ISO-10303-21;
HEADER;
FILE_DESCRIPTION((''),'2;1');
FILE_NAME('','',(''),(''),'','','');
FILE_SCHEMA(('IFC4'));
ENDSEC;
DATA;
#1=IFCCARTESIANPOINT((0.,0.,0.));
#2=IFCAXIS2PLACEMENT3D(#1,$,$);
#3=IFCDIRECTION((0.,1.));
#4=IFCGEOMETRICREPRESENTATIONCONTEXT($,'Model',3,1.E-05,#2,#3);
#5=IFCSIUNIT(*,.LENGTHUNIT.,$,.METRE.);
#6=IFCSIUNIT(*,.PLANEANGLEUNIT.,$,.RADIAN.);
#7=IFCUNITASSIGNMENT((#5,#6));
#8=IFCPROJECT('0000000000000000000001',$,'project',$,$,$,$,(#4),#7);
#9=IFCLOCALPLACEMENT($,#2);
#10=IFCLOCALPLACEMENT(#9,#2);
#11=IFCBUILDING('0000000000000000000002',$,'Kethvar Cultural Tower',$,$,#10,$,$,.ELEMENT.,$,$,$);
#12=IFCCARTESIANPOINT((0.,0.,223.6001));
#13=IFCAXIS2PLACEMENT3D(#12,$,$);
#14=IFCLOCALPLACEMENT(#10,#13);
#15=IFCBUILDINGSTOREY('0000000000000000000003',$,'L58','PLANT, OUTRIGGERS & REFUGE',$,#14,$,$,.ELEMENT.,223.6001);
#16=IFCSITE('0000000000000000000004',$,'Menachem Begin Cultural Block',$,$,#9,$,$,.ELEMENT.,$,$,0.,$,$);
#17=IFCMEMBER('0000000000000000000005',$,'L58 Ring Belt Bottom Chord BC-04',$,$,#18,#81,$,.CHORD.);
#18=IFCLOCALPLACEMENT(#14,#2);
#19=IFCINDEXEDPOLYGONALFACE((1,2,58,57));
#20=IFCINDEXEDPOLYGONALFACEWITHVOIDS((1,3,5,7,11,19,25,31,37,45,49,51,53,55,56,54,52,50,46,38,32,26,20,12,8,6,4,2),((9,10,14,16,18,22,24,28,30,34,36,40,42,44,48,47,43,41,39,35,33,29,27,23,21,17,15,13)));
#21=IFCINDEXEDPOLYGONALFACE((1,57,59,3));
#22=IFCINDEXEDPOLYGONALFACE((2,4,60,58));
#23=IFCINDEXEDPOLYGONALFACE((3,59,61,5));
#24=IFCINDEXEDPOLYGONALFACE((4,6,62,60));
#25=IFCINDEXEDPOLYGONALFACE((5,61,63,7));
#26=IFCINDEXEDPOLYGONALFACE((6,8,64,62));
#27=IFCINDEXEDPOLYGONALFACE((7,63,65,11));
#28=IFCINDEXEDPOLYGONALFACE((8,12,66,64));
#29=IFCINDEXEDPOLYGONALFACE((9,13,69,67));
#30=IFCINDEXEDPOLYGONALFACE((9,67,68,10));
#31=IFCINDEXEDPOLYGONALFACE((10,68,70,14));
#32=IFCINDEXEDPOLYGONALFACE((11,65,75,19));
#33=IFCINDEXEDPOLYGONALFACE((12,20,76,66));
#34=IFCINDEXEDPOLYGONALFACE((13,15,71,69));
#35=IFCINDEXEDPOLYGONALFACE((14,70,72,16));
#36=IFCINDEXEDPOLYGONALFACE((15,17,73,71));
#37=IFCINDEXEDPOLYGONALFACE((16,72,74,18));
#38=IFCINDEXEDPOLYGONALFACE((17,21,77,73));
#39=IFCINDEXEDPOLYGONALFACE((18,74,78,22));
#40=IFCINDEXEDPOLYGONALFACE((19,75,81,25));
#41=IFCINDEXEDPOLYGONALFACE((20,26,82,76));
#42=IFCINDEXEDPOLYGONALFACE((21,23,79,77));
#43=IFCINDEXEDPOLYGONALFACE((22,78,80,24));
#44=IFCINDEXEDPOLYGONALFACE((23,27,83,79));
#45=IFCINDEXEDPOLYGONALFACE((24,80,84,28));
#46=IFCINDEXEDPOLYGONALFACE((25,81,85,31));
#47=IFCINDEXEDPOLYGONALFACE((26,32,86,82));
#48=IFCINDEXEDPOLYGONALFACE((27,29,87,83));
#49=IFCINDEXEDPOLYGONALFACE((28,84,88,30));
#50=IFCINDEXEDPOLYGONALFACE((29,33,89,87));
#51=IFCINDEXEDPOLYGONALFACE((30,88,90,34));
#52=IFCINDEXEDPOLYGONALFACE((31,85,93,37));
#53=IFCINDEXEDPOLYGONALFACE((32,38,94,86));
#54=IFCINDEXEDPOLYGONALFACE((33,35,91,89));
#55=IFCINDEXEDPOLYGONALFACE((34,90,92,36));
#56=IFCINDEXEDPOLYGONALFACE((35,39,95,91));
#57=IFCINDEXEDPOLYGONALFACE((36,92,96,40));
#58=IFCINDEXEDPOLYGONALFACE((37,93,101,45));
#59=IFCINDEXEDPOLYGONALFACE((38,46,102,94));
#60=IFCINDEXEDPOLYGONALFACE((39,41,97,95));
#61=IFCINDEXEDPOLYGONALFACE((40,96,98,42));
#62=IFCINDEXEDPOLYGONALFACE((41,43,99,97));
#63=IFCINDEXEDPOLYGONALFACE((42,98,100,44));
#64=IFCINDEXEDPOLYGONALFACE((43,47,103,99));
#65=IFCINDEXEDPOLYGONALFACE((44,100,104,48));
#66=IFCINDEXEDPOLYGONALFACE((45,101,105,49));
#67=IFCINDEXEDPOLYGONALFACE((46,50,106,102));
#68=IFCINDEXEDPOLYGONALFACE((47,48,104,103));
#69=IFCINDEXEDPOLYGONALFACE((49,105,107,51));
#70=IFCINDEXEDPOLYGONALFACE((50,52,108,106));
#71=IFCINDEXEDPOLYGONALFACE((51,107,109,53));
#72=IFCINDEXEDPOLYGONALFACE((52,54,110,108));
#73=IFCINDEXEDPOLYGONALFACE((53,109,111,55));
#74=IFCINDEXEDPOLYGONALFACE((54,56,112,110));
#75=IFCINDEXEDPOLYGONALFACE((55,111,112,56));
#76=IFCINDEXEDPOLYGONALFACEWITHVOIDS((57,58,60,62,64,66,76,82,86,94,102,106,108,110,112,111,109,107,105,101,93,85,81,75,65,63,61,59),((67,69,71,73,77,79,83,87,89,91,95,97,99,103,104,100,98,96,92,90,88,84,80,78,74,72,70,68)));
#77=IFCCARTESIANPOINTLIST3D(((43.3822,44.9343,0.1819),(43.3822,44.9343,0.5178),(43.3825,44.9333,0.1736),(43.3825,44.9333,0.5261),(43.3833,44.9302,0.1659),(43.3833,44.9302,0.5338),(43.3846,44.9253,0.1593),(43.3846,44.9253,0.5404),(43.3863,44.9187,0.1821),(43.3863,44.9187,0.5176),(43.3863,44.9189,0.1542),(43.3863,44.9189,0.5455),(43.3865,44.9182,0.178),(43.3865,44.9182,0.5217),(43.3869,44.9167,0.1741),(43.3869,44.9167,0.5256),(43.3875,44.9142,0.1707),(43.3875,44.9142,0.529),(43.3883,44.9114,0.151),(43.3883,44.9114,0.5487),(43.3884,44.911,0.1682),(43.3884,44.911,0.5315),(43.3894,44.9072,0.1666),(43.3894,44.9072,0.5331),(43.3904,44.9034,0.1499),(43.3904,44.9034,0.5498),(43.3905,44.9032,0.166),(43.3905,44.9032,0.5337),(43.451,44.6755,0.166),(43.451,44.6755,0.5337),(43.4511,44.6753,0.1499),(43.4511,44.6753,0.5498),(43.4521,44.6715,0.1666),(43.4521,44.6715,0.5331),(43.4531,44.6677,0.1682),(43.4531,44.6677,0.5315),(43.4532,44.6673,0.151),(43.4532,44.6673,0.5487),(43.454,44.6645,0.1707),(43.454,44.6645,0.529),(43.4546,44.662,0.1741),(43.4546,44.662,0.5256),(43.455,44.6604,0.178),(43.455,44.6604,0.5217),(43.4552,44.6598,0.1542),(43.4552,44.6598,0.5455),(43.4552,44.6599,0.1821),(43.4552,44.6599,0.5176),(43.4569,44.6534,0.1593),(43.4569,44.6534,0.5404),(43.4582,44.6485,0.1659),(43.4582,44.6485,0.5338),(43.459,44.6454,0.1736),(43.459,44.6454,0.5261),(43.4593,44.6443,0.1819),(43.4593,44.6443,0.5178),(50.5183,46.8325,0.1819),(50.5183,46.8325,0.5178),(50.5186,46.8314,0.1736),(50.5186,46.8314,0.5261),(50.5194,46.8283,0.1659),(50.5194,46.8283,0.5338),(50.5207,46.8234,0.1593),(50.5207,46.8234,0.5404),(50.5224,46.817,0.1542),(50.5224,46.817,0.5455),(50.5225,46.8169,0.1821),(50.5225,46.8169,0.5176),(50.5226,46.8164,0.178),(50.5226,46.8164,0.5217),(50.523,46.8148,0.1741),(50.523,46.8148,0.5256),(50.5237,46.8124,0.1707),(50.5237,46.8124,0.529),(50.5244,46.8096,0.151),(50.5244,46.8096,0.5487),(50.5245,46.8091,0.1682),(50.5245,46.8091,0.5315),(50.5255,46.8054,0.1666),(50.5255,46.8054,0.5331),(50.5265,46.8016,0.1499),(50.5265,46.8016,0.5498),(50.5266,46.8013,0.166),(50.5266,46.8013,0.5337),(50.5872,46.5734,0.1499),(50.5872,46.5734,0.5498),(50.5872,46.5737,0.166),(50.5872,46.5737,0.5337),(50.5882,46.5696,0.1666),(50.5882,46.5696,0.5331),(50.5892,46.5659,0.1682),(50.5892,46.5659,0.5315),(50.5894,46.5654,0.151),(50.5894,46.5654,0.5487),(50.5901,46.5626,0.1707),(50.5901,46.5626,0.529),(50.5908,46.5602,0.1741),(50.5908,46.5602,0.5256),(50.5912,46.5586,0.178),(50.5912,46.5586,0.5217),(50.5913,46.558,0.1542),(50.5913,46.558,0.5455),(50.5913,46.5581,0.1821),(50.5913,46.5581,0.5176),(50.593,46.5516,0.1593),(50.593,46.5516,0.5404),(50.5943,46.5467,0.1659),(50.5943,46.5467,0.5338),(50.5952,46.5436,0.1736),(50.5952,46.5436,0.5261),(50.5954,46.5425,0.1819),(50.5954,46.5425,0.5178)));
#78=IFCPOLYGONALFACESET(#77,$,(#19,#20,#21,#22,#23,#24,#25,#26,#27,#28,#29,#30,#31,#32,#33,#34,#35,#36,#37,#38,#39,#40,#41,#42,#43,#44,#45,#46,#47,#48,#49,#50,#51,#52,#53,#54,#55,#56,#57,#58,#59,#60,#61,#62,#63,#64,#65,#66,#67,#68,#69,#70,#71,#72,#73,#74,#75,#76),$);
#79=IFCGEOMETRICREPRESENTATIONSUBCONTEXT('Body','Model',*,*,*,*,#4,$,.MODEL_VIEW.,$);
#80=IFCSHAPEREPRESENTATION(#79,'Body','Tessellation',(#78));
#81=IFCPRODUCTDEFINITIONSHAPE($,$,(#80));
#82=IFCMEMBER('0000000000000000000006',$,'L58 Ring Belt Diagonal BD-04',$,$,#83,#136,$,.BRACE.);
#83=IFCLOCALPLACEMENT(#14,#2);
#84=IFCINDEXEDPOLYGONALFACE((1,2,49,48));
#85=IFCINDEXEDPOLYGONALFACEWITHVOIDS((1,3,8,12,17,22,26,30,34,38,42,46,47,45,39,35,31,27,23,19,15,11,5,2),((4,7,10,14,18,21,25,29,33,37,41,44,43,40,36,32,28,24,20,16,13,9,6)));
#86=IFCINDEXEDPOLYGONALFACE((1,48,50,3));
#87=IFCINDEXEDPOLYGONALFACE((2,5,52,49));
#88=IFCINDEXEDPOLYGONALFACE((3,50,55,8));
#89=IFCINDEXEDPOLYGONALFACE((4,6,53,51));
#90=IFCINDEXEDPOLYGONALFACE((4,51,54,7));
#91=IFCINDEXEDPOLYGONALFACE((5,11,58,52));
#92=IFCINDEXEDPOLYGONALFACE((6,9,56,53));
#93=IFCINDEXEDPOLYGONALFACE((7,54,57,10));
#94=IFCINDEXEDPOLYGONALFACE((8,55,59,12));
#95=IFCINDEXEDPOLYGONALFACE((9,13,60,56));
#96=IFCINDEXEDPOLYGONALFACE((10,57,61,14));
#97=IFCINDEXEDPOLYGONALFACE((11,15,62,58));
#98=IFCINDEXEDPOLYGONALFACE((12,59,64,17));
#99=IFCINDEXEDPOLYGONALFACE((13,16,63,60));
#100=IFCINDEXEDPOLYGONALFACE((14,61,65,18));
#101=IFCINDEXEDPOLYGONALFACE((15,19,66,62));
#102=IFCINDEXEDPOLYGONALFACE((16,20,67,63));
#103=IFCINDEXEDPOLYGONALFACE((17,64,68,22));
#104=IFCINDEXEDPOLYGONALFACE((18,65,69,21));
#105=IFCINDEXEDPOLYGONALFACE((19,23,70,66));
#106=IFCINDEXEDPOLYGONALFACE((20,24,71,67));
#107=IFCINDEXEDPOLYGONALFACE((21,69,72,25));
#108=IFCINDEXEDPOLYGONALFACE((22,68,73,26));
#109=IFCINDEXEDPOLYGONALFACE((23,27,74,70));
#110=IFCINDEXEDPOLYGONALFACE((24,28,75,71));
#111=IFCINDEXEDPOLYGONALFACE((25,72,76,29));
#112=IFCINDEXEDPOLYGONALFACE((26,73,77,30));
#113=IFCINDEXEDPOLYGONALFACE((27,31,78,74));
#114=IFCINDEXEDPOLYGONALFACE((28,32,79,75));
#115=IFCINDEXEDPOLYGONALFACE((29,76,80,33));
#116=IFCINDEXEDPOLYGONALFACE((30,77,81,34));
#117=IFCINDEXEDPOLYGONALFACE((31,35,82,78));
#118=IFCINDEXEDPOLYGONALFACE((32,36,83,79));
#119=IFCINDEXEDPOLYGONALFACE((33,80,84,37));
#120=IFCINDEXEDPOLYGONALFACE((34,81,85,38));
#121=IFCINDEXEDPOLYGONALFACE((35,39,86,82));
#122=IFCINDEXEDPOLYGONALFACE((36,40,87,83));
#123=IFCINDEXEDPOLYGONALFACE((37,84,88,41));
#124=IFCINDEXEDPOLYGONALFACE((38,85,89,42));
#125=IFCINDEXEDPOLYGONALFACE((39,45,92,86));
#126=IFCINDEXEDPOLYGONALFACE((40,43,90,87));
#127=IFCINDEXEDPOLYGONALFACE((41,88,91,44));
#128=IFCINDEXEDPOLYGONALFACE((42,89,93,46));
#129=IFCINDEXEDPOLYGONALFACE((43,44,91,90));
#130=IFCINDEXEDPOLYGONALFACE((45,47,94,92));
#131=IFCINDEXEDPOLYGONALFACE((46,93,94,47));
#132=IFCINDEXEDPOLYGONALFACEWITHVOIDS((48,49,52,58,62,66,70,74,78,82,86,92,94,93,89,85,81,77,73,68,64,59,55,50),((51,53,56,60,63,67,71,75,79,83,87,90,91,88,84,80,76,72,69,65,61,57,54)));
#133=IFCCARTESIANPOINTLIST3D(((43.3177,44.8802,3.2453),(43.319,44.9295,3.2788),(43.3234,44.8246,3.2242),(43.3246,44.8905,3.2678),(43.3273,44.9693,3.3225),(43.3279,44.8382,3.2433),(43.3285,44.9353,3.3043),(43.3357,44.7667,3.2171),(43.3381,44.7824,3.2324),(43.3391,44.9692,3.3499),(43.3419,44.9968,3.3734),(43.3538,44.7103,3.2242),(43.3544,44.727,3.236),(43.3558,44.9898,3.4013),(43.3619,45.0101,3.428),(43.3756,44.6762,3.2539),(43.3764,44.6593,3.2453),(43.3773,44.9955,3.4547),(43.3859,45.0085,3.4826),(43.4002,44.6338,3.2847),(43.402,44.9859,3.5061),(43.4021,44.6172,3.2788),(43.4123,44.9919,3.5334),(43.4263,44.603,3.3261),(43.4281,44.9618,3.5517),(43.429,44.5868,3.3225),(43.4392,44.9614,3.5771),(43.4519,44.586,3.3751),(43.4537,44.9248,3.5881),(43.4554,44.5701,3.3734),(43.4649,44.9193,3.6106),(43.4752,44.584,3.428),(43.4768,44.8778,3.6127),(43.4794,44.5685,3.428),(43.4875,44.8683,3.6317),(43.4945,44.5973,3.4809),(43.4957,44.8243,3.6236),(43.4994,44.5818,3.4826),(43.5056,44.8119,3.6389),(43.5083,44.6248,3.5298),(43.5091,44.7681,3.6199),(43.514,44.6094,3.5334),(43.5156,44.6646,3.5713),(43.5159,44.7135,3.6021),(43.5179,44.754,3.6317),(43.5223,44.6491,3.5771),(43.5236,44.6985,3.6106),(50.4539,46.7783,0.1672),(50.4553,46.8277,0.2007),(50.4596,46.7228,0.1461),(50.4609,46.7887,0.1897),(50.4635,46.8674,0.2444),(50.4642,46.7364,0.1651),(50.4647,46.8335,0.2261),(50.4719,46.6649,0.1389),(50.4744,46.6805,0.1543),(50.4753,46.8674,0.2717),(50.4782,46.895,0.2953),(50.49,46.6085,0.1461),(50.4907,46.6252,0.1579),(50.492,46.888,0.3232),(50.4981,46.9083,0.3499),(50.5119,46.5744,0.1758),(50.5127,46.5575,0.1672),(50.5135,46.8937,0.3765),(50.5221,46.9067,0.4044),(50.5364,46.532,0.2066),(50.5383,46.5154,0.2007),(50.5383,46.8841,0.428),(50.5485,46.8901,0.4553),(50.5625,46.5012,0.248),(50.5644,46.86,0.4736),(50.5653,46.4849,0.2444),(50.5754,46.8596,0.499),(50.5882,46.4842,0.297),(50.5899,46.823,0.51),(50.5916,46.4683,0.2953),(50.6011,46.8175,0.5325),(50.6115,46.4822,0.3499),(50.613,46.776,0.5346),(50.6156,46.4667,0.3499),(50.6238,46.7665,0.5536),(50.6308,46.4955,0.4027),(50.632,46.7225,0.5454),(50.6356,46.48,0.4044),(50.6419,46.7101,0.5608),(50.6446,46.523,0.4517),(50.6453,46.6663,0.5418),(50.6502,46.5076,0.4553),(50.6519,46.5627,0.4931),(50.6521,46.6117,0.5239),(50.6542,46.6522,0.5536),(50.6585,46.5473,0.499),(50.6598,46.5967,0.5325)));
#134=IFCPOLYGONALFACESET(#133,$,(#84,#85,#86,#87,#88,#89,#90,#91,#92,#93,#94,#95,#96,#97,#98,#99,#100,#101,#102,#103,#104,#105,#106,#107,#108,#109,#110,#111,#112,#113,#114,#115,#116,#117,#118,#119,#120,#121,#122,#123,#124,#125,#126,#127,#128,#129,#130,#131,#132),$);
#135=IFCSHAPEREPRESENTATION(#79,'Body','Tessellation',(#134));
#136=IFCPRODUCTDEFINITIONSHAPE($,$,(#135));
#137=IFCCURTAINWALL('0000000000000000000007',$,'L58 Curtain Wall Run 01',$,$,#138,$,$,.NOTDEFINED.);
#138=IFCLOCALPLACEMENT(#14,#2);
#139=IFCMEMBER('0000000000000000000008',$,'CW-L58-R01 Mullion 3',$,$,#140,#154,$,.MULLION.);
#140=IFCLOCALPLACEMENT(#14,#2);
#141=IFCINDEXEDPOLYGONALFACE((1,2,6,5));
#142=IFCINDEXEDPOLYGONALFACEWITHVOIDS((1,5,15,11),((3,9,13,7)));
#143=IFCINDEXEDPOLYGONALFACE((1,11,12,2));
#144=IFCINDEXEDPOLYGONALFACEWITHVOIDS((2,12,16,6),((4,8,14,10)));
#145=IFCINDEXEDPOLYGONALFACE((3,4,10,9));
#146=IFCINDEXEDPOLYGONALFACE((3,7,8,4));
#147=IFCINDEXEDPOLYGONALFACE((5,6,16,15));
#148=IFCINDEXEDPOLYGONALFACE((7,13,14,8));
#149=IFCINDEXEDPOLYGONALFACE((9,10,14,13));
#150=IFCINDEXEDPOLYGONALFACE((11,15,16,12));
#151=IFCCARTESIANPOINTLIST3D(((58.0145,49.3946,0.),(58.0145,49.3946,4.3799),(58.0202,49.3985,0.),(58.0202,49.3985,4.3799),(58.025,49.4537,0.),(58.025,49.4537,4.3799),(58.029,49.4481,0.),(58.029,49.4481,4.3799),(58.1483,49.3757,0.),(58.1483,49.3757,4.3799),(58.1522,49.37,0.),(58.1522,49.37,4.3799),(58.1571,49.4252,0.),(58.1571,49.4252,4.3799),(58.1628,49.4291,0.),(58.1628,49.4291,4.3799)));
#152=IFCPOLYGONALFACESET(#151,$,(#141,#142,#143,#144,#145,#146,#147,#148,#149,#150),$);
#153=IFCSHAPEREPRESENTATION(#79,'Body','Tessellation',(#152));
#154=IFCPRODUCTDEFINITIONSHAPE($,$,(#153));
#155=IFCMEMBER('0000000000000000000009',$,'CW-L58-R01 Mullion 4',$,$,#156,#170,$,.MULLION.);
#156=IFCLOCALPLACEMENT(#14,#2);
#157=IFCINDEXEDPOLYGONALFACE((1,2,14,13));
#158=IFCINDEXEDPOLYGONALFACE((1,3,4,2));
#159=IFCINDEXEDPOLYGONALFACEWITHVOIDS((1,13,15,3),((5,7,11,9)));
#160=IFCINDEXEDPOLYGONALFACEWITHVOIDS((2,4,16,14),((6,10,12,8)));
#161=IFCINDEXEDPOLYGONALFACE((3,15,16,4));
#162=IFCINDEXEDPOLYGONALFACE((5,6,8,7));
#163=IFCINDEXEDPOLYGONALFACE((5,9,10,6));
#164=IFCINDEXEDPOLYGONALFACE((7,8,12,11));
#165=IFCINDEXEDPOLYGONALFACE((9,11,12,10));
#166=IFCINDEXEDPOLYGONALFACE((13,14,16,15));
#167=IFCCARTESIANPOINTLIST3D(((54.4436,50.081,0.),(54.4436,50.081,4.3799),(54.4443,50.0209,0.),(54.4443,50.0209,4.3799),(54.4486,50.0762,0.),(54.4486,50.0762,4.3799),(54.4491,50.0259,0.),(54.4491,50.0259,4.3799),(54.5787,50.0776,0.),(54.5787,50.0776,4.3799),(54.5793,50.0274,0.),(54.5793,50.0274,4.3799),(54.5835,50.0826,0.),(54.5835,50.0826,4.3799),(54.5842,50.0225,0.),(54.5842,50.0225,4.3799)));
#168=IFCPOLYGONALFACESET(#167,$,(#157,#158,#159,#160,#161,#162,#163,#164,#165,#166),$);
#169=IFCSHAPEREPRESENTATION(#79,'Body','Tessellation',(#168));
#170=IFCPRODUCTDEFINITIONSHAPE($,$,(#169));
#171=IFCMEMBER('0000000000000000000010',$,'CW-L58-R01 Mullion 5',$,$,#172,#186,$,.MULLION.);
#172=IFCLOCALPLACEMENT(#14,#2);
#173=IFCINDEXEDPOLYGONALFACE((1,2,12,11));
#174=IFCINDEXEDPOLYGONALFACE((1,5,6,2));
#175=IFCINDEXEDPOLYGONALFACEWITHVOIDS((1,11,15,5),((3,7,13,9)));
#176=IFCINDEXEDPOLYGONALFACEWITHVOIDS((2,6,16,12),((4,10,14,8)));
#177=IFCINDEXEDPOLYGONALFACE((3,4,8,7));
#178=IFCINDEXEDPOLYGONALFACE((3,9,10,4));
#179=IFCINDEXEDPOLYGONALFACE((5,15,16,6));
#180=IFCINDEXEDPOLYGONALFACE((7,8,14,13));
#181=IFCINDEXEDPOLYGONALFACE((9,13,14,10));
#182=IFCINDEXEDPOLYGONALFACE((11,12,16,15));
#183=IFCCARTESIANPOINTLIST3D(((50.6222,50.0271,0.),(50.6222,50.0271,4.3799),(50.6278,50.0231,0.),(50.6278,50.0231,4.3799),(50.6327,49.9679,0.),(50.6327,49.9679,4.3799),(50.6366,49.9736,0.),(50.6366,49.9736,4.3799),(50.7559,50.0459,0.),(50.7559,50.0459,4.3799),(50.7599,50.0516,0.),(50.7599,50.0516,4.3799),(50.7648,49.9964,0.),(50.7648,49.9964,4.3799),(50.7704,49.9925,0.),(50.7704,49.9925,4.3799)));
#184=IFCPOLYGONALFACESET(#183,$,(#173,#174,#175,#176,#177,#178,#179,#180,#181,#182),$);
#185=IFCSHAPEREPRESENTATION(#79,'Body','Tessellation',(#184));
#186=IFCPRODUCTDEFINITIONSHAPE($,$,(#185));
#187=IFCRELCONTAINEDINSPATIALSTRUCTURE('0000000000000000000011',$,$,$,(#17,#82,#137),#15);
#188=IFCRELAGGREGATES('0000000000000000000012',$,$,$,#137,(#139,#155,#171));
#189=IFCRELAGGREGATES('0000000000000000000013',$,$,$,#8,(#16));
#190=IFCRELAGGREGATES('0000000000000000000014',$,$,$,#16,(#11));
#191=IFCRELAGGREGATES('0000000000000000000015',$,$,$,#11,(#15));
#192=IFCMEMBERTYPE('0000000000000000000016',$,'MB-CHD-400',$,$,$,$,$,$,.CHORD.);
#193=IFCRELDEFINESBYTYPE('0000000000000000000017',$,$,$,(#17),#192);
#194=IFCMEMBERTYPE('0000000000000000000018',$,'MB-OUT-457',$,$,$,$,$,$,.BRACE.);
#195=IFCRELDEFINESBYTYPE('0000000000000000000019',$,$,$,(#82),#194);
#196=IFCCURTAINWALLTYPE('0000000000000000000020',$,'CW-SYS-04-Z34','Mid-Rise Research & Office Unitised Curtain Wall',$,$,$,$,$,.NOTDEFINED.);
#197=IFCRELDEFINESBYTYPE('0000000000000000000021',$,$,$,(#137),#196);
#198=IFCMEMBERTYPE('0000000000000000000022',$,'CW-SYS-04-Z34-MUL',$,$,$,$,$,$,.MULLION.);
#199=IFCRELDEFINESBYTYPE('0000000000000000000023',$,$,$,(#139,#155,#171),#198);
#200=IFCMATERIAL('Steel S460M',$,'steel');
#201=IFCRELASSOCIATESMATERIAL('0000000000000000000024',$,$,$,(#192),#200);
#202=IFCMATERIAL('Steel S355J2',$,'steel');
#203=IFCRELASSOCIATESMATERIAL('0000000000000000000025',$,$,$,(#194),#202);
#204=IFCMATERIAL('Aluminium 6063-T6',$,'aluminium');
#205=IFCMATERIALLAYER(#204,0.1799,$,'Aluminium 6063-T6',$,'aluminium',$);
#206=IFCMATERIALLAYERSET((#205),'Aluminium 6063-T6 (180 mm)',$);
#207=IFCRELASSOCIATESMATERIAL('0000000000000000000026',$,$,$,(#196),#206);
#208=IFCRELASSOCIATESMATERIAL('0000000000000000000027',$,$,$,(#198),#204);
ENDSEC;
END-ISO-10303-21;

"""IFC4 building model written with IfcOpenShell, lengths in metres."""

from ifc_helpers import new_model, si_unit, direction, frame, origin, origin_2d, place, context, subcontext, project, spatial, hollow_rectangle, hollow_circle, extrude, source, transform, mapped, material, layer, layer_set, material_profile, profile_set, type_object, element, aggregate, save


model = new_model("IFC4")

# Units and contexts
model_context = context("Model", 3, precision=1e-05, world=origin(), true_north=direction((0.0, 1.0)))
body_context = subcontext(model_context, "Body", "Model", "MODEL_VIEW")
ifc_project = project(units=[si_unit("LENGTHUNIT", "METRE"), si_unit("PLANEANGLEUNIT", "RADIAN")], contexts=[model_context])

# Site, building, storey
site_placement = place(None, origin())
site = spatial("IfcSite", under=ifc_project, at=site_placement, Name="Menachem Begin Cultural Block", CompositionType="ELEMENT", RefElevation=0.0)
building_placement = place(site_placement, origin())
building = spatial("IfcBuilding", under=site, at=building_placement, Name="Kethvar Cultural Tower", CompositionType="ELEMENT")
storey_placement = place(building_placement, frame((0.0, 0.0, 223.6001)))
storey = spatial("IfcBuildingStorey", under=building, at=storey_placement, Name="L58", Description="PLANT, OUTRIGGERS & REFUGE", CompositionType="ELEMENT", Elevation=223.6001)

# Shared definitions
ifc_material_1 = material(Name="Steel S460M", Category="steel")

# Shared definitions
ifc_material_profile_1 = material_profile(ifc_material_1, hollow_rectangle(XDim=0.3, YDim=0.3999, WallThickness=0.0161, InnerFilletRadius=0.0161, OuterFilletRadius=0.032, at=origin_2d()), Name="Steel S460M — RHS400x300x16")
ifc_profile_set_1 = profile_set([ifc_material_profile_1], Name="Steel S460M — RHS400x300x16")
member_type_1 = type_object("IfcMemberType", Name="MB-CHD-400", PredefinedType="CHORD", material=ifc_profile_set_1)
ifc_material_2 = material(Name="Steel S355J2", Category="steel")
ifc_material_profile_2 = material_profile(ifc_material_2, hollow_circle(Radius=0.2285, WallThickness=0.0161, at=origin_2d()), Name="Steel S355J2 — CHS457x16")
ifc_profile_set_2 = profile_set([ifc_material_profile_2], Name="Steel S355J2 — CHS457x16")
member_type_2 = type_object("IfcMemberType", Name="MB-OUT-457", PredefinedType="BRACE", material=ifc_profile_set_2)

# Members
shared_shape_1 = source(origin(), body_context, "Body", "SweptSolid", [
    extrude(hollow_rectangle(XDim=0.3, YDim=0.3999, WallThickness=0.0161, InnerFilletRadius=0.0161, OuterFilletRadius=0.032, at=origin_2d()), origin(), (0.0, 0.0, 1.0), 7.3843),
])
member_1_placement = place(storey_placement, frame((50.5569, 46.6875, 0.3499), z_axis=(-0.966397, -0.257056, 0.0), x_axis=(0.257056, -0.966397, 0.0)))
element("IfcMember", 1, at=member_1_placement, inside=storey, type_object=member_type_1, Name="L58 Ring Belt Bottom Chord BC-04", PredefinedType="CHORD", context=body_context, shape_type="MappedRepresentation", body=[
    mapped(shared_shape_1, transform((0.0, 0.0, 0.0), scale=1.0)),
])
shared_shape_2 = source(origin(), body_context, "Body", "SweptSolid", [
    extrude(hollow_circle(Radius=0.2285, WallThickness=0.0161, at=origin_2d()), origin(), (0.0, 0.0, 1.0), 8.0002),
])
member_2_placement = place(storey_placement, frame((50.5569, 46.6875, 0.3499), z_axis=(-0.892002, -0.237267, 0.384754), x_axis=(0.257056, -0.966397, 0.0)))
element("IfcMember", 2, at=member_2_placement, inside=storey, type_object=member_type_2, Name="L58 Ring Belt Diagonal BD-04", PredefinedType="BRACE", context=body_context, shape_type="MappedRepresentation", body=[
    mapped(shared_shape_2, transform((0.0, 0.0, 0.0), scale=1.0)),
])

# Curtain wall, members
ifc_material_3 = material(Name="Aluminium 6063-T6", Category="aluminium")
ifc_layer_1 = layer(ifc_material_3, 0.1799, Name="Aluminium 6063-T6", Category="aluminium")
ifc_layer_set_1 = layer_set([ifc_layer_1], Name="Aluminium 6063-T6 (180 mm)")
curtain_wall_type = type_object("IfcCurtainWallType", Name="CW-SYS-04-Z34", Description="Mid-Rise Research & Office Unitised Curtain Wall", PredefinedType="NOTDEFINED", material=ifc_layer_set_1)
curtain_wall_placement = place(storey_placement, origin())
curtain_wall = element("IfcCurtainWall", 3, at=curtain_wall_placement, inside=storey, type_object=curtain_wall_type, Name="L58 Curtain Wall Run 01", PredefinedType="NOTDEFINED")
ifc_material_profile_3 = material_profile(ifc_material_3, hollow_rectangle(XDim=0.0601, YDim=0.1399, WallThickness=0.0049, at=origin_2d()), Name="Aluminium 6063-T6 — RHS140x60x5")
ifc_profile_set_3 = profile_set([ifc_material_profile_3], Name="Aluminium 6063-T6 — RHS140x60x5")
member_type_3 = type_object("IfcMemberType", Name="CW-SYS-04-Z34-MUL", PredefinedType="MULLION", material=ifc_profile_set_3)
shared_shape_3 = source(origin(), body_context, "Body", "SweptSolid", [
    extrude(hollow_rectangle(XDim=0.0601, YDim=0.1399, WallThickness=0.0049, at=origin_2d()), origin(), (0.0, 0.0, 1.0), 4.3799),
])
member_3_placement = place(storey_placement, frame((58.0886, 49.4119, 0.0), z_axis=(0.0, 0.0, 1.0), x_axis=(-0.175676, -0.984448, 0.0)))
member_3 = element("IfcMember", 4, at=member_3_placement, type_object=member_type_3, Name="CW-L58-R01 Mullion 3", PredefinedType="MULLION", context=body_context, shape_type="MappedRepresentation", body=[
    mapped(shared_shape_3, transform((0.0, 0.0, 0.0), scale=1.0)),
])
member_4_placement = place(storey_placement, frame((54.5139, 50.0518, 0.0), z_axis=(0.0, 0.0, 1.0), x_axis=(0.011414, -0.999935, 0.0)))
member_4 = element("IfcMember", 5, at=member_4_placement, type_object=member_type_3, Name="CW-L58-R01 Mullion 4", PredefinedType="MULLION", context=body_context, shape_type="MappedRepresentation", body=[
    mapped(shared_shape_3, transform((0.0, 0.0, 0.0), scale=1.0)),
])
member_5_placement = place(storey_placement, frame((50.6963, 50.0098, 0.0), z_axis=(0.0, 0.0, 1.0), x_axis=(0.175521, -0.984476, 0.0)))
member_5 = element("IfcMember", 6, at=member_5_placement, type_object=member_type_3, Name="CW-L58-R01 Mullion 5", PredefinedType="MULLION", context=body_context, shape_type="MappedRepresentation", body=[
    mapped(shared_shape_3, transform((0.0, 0.0, 0.0), scale=1.0)),
])

aggregate(curtain_wall, [member_3, member_4, member_5])

save(model, "model.ifc")
